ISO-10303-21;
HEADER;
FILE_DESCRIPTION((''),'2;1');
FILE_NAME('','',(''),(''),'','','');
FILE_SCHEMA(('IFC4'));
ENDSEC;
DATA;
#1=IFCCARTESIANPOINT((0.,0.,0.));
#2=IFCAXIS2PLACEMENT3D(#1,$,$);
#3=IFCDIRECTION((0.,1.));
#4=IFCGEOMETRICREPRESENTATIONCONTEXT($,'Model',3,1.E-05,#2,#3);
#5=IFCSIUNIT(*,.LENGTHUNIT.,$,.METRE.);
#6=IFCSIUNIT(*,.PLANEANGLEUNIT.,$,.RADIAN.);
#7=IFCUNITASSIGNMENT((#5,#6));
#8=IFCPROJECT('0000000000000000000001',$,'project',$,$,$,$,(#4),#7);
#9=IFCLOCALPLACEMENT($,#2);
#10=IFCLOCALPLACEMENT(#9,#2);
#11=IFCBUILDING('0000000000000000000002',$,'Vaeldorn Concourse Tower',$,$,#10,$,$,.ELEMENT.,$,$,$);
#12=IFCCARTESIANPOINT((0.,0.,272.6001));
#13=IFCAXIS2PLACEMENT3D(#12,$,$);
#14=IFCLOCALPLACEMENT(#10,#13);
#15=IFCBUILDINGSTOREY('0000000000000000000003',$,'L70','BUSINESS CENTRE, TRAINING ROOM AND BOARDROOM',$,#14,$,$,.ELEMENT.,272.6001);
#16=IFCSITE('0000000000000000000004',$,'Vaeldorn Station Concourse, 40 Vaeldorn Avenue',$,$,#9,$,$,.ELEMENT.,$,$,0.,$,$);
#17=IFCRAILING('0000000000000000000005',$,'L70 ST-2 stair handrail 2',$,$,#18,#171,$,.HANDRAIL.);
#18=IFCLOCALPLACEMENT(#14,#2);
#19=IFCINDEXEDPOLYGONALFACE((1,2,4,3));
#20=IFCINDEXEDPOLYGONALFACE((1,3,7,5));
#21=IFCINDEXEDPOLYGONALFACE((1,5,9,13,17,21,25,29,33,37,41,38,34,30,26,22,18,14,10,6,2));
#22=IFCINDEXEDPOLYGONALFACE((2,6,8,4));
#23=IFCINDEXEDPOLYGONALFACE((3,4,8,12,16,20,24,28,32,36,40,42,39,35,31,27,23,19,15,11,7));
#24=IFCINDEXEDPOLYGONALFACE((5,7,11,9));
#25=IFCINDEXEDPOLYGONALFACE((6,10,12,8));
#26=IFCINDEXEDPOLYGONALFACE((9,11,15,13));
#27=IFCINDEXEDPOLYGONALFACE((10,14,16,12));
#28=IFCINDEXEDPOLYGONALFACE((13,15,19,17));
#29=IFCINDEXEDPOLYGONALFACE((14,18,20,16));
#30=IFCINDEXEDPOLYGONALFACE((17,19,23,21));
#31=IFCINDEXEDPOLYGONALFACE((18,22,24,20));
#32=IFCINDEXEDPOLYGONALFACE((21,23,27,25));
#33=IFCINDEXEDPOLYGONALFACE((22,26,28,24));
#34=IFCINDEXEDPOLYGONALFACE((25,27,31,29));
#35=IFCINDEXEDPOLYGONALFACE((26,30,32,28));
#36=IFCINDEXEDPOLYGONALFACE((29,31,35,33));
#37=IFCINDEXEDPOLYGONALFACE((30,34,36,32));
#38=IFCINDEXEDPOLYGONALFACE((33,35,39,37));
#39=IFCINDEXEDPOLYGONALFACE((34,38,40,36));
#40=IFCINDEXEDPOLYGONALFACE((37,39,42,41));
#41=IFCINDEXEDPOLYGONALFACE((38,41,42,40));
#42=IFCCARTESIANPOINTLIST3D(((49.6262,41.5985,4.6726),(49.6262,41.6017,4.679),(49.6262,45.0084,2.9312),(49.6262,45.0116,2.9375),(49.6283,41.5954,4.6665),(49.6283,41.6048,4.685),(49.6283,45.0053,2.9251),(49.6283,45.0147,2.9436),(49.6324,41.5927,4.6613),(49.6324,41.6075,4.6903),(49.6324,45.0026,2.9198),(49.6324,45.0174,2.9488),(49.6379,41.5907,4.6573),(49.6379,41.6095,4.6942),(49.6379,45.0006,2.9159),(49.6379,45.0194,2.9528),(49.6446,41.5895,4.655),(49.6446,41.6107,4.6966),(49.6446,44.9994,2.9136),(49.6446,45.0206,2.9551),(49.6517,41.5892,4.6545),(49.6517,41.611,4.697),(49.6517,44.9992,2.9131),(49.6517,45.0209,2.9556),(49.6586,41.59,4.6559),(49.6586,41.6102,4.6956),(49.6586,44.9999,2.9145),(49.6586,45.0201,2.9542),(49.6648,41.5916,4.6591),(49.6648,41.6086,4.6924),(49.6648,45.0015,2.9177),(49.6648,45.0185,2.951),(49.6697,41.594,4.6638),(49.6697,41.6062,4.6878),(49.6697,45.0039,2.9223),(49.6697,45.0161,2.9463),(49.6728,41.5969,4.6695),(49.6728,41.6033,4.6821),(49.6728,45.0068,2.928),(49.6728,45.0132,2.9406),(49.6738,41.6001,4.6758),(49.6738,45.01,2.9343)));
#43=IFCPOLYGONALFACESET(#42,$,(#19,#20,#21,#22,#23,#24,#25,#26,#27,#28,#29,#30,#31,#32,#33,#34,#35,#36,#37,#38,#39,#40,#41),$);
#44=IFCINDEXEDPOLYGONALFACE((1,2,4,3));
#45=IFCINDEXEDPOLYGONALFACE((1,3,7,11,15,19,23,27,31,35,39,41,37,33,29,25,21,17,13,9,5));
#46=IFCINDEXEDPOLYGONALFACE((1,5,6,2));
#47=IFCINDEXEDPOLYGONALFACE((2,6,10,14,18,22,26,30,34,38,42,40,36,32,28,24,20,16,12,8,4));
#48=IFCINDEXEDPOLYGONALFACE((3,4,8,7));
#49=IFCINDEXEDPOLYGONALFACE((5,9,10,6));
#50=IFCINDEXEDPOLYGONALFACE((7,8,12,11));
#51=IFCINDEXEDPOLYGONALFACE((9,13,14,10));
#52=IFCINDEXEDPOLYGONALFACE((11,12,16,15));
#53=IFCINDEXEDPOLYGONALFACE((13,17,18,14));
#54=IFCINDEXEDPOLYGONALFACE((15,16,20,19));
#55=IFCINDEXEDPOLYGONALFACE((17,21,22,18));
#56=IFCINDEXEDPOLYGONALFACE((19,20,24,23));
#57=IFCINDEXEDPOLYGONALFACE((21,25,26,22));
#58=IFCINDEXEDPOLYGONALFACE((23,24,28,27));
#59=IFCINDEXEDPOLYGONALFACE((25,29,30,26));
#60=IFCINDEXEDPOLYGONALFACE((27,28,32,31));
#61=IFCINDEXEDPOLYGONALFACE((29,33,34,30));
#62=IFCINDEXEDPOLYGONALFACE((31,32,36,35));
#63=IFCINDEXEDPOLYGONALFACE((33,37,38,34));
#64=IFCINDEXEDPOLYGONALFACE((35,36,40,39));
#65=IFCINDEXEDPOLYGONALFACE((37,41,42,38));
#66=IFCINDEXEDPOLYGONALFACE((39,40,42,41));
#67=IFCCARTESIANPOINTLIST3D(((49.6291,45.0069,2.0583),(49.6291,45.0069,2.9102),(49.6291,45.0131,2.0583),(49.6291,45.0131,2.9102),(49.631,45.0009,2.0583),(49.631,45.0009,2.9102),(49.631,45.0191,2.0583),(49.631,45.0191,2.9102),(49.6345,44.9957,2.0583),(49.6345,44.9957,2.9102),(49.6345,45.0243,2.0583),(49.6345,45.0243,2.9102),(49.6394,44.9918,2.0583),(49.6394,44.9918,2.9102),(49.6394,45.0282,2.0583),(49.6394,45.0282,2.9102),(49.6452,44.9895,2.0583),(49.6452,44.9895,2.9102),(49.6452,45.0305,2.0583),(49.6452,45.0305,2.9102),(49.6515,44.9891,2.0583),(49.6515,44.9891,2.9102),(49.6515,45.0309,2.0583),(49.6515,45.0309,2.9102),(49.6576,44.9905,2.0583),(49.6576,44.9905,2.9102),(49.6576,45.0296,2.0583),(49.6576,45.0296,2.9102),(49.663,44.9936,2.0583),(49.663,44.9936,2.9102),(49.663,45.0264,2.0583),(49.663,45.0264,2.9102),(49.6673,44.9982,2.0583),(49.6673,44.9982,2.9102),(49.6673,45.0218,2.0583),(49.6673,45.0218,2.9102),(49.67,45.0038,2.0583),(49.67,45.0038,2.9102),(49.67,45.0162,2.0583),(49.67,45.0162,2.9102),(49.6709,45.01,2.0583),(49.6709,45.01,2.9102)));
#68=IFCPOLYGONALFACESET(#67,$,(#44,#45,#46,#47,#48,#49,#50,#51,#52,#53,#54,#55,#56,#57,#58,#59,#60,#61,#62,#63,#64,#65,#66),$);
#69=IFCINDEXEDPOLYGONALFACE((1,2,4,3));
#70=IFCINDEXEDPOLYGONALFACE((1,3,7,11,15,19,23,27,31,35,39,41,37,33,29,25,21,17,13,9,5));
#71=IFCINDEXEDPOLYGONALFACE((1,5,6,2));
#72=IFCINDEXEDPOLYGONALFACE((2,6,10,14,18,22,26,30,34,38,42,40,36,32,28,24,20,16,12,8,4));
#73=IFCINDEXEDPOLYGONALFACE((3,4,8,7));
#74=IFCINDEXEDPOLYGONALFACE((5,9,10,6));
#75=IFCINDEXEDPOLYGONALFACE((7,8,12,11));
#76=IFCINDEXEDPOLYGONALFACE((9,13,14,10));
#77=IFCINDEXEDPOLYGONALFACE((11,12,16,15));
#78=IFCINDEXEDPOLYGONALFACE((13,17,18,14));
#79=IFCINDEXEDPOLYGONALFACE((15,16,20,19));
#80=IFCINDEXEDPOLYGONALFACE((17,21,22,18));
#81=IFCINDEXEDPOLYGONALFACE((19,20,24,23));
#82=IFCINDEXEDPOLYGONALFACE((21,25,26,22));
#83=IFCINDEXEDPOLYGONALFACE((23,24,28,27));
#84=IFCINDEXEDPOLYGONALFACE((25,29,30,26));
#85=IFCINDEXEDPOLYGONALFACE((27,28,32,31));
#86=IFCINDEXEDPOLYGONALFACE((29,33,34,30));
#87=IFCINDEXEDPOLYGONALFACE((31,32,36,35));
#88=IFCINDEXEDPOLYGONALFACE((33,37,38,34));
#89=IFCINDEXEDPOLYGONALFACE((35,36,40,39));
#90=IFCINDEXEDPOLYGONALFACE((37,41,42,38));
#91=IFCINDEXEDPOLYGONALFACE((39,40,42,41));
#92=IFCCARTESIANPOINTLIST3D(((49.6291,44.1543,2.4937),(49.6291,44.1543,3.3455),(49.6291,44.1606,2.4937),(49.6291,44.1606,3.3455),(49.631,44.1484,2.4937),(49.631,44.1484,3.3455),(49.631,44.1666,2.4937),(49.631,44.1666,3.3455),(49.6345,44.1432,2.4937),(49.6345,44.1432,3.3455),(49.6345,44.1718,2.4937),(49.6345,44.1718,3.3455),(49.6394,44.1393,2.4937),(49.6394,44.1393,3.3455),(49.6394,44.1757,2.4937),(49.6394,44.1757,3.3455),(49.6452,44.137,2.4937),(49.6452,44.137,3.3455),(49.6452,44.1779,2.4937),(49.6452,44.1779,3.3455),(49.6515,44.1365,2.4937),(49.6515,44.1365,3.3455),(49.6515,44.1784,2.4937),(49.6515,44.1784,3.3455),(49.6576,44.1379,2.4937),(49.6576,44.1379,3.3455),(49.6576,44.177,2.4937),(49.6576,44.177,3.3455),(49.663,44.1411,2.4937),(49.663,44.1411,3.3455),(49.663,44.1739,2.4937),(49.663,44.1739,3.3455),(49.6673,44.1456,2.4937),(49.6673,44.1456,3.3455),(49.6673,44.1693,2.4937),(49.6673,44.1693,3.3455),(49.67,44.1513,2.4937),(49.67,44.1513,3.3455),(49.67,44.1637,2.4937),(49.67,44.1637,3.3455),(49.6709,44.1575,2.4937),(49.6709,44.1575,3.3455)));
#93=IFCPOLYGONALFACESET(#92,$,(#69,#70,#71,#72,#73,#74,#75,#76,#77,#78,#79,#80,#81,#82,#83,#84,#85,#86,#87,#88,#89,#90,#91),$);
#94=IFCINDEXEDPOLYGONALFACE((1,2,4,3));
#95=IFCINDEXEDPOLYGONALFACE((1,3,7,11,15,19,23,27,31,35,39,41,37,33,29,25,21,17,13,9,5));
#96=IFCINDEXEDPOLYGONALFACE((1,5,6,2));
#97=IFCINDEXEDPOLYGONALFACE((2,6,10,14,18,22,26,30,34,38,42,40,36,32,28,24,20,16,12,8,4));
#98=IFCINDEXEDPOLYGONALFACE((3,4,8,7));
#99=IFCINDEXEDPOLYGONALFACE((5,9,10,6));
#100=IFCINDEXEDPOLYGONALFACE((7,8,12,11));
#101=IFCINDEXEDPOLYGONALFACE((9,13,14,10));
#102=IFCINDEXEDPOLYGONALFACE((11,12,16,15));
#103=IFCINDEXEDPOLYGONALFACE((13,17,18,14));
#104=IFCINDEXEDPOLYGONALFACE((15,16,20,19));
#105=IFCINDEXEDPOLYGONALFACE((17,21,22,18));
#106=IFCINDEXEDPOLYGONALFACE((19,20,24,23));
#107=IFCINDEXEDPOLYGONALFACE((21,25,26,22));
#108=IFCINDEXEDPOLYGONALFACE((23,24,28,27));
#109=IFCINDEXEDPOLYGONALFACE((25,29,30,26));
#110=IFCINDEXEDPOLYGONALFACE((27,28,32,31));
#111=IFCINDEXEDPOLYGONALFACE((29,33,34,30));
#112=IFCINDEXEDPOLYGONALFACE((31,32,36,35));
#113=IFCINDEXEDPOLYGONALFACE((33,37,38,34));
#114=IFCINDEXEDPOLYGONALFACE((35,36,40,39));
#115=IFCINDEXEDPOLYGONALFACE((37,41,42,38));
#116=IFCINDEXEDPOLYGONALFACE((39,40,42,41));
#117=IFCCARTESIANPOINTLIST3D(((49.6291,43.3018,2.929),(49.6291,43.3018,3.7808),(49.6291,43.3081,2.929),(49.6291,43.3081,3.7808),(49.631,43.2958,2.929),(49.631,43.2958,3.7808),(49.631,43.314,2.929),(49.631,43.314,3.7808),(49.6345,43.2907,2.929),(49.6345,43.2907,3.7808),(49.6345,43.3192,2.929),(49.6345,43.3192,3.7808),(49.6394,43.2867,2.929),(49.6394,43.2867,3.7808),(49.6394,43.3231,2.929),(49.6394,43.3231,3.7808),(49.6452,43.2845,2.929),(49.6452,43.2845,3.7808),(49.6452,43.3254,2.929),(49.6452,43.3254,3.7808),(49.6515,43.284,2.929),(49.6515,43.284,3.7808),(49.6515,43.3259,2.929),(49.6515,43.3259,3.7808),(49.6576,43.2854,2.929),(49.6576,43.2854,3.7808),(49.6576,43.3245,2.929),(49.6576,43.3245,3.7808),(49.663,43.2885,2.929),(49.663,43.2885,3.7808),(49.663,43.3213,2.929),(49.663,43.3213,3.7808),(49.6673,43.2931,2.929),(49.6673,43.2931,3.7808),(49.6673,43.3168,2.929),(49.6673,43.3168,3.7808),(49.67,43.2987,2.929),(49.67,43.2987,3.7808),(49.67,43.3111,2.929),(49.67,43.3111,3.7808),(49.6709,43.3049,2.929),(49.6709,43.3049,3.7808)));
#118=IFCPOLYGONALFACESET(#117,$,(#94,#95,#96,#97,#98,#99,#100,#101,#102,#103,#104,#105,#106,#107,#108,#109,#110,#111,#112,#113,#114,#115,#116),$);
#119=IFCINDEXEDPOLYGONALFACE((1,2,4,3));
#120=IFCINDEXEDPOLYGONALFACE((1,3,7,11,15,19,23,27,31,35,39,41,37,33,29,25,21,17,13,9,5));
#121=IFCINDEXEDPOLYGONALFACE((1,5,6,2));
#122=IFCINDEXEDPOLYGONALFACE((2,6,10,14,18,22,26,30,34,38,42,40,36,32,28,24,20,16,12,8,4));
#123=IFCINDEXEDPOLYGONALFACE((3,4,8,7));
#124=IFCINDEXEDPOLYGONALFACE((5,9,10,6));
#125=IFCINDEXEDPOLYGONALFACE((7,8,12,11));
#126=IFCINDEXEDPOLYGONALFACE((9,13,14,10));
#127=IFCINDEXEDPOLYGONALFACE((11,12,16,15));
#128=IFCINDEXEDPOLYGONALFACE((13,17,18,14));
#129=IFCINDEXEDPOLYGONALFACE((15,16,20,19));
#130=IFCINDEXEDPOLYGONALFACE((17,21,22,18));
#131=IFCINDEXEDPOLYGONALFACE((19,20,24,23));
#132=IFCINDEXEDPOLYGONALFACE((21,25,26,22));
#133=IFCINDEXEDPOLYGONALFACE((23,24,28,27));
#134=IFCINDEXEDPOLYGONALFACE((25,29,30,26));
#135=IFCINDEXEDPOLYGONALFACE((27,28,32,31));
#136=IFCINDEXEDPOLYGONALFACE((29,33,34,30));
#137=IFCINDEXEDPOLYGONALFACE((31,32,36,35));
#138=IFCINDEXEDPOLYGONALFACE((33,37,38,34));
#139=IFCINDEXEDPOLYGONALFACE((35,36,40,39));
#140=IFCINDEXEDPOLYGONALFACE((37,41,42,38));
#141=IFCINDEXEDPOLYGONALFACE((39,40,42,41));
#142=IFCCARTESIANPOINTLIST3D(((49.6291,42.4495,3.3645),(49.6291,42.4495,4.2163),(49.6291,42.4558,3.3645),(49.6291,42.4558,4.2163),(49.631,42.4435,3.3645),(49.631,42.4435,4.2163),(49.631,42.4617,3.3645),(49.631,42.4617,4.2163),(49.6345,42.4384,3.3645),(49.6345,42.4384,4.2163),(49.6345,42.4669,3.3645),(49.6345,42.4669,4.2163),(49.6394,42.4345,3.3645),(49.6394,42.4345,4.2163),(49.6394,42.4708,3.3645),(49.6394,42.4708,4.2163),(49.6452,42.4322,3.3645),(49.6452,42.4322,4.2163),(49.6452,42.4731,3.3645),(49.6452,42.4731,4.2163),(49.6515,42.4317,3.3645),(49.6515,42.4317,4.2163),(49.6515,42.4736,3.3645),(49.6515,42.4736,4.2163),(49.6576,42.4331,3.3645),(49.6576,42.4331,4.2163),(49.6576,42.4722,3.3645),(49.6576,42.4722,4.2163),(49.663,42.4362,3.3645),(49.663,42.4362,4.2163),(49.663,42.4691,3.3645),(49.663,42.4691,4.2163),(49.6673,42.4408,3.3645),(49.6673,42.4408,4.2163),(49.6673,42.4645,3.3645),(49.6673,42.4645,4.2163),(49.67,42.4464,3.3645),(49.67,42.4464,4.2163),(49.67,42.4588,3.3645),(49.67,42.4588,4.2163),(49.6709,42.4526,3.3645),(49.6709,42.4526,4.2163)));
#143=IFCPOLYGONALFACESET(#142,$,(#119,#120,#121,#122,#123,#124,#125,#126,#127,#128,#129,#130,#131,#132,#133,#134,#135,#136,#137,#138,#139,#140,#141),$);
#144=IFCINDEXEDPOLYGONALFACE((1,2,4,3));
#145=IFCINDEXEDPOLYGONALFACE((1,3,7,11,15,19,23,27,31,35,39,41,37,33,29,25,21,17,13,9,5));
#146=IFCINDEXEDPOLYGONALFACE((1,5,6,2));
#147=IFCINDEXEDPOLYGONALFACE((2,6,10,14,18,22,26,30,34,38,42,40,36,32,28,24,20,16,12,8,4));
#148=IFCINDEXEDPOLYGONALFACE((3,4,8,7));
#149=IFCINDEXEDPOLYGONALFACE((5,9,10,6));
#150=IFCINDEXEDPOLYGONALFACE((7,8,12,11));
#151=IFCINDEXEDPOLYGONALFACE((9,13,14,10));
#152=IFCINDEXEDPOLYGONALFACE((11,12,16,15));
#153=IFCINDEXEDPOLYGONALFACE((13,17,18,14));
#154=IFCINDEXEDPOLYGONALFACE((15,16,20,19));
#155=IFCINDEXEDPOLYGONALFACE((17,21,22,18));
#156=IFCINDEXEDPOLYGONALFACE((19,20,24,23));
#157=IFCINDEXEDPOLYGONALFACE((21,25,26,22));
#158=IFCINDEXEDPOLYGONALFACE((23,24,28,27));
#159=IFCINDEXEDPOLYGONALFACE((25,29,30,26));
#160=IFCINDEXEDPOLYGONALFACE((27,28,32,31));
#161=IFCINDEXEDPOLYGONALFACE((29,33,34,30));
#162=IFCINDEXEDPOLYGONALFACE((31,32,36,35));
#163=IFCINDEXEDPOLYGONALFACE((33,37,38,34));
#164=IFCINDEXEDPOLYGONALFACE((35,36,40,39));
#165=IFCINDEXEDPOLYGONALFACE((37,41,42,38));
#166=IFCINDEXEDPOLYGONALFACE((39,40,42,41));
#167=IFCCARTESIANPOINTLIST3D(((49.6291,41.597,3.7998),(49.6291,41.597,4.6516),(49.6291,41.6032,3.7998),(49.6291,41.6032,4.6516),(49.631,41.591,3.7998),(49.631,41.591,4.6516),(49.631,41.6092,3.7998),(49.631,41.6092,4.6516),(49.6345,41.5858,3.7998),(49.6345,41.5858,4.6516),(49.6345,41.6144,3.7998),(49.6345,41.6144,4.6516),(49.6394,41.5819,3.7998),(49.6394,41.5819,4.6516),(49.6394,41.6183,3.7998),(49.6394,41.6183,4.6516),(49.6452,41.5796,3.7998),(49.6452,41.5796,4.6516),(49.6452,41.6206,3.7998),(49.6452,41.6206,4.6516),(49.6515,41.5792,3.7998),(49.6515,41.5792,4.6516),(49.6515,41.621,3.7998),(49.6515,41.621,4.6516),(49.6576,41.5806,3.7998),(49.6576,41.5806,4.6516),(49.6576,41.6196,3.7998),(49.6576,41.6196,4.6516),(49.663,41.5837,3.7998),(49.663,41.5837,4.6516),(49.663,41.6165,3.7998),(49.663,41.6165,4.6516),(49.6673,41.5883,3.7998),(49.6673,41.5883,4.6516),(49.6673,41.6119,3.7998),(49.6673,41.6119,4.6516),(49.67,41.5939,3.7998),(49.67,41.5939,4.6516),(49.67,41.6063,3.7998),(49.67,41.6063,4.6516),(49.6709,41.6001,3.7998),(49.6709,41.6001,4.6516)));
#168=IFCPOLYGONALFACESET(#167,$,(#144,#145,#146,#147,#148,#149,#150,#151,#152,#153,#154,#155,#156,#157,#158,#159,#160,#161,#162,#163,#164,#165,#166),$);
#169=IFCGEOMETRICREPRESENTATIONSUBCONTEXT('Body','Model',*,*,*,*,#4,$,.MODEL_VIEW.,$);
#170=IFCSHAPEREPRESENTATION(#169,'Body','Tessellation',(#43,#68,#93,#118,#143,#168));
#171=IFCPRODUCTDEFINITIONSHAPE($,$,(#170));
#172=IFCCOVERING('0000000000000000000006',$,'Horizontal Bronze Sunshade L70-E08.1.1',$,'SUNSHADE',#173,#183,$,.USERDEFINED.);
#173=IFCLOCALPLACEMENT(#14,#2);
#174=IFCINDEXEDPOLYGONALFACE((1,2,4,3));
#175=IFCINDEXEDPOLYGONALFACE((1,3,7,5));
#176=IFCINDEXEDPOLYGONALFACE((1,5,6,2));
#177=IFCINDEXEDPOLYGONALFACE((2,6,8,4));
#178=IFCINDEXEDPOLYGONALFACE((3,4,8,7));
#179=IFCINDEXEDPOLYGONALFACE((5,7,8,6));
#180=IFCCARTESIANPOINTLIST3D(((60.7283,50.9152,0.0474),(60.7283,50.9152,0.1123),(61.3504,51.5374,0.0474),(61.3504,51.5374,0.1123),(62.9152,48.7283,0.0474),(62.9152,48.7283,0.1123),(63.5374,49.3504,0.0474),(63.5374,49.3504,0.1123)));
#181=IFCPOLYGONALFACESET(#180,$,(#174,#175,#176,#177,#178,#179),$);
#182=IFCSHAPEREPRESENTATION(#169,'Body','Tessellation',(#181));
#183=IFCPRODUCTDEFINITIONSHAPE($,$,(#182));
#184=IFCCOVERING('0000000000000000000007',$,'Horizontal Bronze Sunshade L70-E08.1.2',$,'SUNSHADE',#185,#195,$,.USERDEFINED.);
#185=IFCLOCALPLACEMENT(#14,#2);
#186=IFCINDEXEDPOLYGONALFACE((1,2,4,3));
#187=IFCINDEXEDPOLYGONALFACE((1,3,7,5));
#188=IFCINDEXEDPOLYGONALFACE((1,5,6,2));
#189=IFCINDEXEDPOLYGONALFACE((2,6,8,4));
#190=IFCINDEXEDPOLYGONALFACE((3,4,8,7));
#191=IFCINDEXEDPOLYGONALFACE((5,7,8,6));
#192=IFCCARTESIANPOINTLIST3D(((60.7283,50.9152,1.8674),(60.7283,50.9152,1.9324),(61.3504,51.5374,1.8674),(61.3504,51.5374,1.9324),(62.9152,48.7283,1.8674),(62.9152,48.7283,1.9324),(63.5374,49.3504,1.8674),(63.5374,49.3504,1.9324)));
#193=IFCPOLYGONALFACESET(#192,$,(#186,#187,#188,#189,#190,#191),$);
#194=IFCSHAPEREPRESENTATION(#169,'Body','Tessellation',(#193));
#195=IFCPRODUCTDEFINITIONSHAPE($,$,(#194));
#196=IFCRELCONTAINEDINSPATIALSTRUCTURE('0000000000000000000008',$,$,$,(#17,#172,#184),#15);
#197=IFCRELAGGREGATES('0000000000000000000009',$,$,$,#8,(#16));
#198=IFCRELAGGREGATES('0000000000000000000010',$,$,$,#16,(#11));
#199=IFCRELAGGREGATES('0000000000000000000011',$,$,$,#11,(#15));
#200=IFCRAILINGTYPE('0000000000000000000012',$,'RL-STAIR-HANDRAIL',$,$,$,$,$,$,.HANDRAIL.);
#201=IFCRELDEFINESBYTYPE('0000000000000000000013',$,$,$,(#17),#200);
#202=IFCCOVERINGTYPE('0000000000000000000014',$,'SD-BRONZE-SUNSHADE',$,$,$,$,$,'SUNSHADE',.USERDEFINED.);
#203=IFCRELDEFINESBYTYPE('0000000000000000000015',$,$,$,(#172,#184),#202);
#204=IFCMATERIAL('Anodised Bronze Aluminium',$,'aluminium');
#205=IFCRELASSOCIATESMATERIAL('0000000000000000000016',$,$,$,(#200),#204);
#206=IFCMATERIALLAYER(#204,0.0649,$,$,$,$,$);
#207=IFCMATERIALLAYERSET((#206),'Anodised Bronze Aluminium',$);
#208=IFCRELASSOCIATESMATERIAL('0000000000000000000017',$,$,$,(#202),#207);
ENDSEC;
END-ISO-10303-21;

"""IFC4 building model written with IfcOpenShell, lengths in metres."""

from ifc_helpers import new_model, si_unit, direction, frame, origin, origin_2d, place, context, subcontext, project, spatial, rectangle, circle, extrude, source, transform, mapped, material, layer, layer_set, type_object, element, save


model = new_model("IFC4")

# Units and contexts
model_context = context("Model", 3, precision=1e-05, world=origin(), true_north=direction((0.0, 1.0)))
body_context = subcontext(model_context, "Body", "Model", "MODEL_VIEW")
ifc_project = project(units=[si_unit("LENGTHUNIT", "METRE"), si_unit("PLANEANGLEUNIT", "RADIAN")], contexts=[model_context])

# Site, building, storey
site_placement = place(None, origin())
site = spatial("IfcSite", under=ifc_project, at=site_placement, Name="Vaeldorn Station Concourse, 40 Vaeldorn Avenue", CompositionType="ELEMENT", RefElevation=0.0)
building_placement = place(site_placement, origin())
building = spatial("IfcBuilding", under=site, at=building_placement, Name="Vaeldorn Concourse Tower", CompositionType="ELEMENT")
storey_placement = place(building_placement, frame((0.0, 0.0, 272.6001)))
storey = spatial("IfcBuildingStorey", under=building, at=storey_placement, Name="L70", Description="BUSINESS CENTRE, TRAINING ROOM AND BOARDROOM", CompositionType="ELEMENT", Elevation=272.6001)

# Shared definitions
ifc_material_1 = material(Name="Anodised Bronze Aluminium", Category="aluminium")

# Railing
railing_type_1 = type_object("IfcRailingType", Name="RL-STAIR-HANDRAIL", PredefinedType="HANDRAIL", material=ifc_material_1)
railing_1_placement = place(storey_placement, frame((49.6499, 45.01, 2.0583)))
element("IfcRailing", 1, at=railing_1_placement, inside=storey, type_object=railing_type_1, Name="L70 ST-2 stair handrail 2", PredefinedType="HANDRAIL", context=body_context, shape_type="SweptSolid", body=[
    extrude(circle(Radius=0.0239, at=origin_2d()), frame((0.0, 0.0, 0.876), z_axis=(0.0, -0.890582, 0.454823), x_axis=(1.0, 0.0, 0.0)), (0.0, 0.0, 1.0), 3.8289),
    extrude(circle(Radius=0.021, at=origin_2d()), origin(), (0.0, 0.0, 1.0), 0.8518),
    extrude(circle(Radius=0.021, at=origin_2d()), frame((0.0, -0.8525, 0.4353)), (0.0, 0.0, 1.0), 0.8518),
    extrude(circle(Radius=0.021, at=origin_2d()), frame((0.0, -1.7051, 0.8706)), (0.0, 0.0, 1.0), 0.8518),
    extrude(circle(Radius=0.021, at=origin_2d()), frame((0.0, -2.5574, 1.3062)), (0.0, 0.0, 1.0), 0.8518),
    extrude(circle(Radius=0.021, at=origin_2d()), frame((0.0, -3.4099, 1.7415)), (0.0, 0.0, 1.0), 0.8518),
])

# Coverings
ifc_layer_1 = layer(ifc_material_1, 0.0649)
ifc_layer_set_1 = layer_set([ifc_layer_1], Name="Anodised Bronze Aluminium")
covering_type = type_object("IfcCoveringType", Name="SD-BRONZE-SUNSHADE", ElementType="SUNSHADE", PredefinedType="USERDEFINED", material=ifc_layer_set_1)
shared_shape_1 = source(origin(), body_context, "Body", "SweptSolid", [
    extrude(rectangle(XDim=3.0928, YDim=0.8799, at=origin_2d()), origin(), (0.0, 0.0, 1.0), 0.0649),
])
for number, where, z_axis, x_axis, name in (
    (2, (62.1328, 50.1328, 0.0474), (0.0, 0.0, 1.0), (-0.707107, 0.707107, 0.0), "Horizontal Bronze Sunshade L70-E08.1.1"),
    (3, (62.1328, 50.1328, 1.8674), (0.0, 0.0, 1.0), (-0.707107, 0.707107, 0.0), "Horizontal Bronze Sunshade L70-E08.1.2"),
):
    element("IfcCovering", number, at=place(storey_placement, frame(where, z_axis=z_axis, x_axis=x_axis)), inside=storey, type_object=covering_type, Name=name, ObjectType="SUNSHADE", PredefinedType="USERDEFINED", context=body_context, shape_type="MappedRepresentation", body=[
        mapped(shared_shape_1, transform((0.0, 0.0, 0.0), scale=1.0)),
    ])

save(model, "model.ifc")
